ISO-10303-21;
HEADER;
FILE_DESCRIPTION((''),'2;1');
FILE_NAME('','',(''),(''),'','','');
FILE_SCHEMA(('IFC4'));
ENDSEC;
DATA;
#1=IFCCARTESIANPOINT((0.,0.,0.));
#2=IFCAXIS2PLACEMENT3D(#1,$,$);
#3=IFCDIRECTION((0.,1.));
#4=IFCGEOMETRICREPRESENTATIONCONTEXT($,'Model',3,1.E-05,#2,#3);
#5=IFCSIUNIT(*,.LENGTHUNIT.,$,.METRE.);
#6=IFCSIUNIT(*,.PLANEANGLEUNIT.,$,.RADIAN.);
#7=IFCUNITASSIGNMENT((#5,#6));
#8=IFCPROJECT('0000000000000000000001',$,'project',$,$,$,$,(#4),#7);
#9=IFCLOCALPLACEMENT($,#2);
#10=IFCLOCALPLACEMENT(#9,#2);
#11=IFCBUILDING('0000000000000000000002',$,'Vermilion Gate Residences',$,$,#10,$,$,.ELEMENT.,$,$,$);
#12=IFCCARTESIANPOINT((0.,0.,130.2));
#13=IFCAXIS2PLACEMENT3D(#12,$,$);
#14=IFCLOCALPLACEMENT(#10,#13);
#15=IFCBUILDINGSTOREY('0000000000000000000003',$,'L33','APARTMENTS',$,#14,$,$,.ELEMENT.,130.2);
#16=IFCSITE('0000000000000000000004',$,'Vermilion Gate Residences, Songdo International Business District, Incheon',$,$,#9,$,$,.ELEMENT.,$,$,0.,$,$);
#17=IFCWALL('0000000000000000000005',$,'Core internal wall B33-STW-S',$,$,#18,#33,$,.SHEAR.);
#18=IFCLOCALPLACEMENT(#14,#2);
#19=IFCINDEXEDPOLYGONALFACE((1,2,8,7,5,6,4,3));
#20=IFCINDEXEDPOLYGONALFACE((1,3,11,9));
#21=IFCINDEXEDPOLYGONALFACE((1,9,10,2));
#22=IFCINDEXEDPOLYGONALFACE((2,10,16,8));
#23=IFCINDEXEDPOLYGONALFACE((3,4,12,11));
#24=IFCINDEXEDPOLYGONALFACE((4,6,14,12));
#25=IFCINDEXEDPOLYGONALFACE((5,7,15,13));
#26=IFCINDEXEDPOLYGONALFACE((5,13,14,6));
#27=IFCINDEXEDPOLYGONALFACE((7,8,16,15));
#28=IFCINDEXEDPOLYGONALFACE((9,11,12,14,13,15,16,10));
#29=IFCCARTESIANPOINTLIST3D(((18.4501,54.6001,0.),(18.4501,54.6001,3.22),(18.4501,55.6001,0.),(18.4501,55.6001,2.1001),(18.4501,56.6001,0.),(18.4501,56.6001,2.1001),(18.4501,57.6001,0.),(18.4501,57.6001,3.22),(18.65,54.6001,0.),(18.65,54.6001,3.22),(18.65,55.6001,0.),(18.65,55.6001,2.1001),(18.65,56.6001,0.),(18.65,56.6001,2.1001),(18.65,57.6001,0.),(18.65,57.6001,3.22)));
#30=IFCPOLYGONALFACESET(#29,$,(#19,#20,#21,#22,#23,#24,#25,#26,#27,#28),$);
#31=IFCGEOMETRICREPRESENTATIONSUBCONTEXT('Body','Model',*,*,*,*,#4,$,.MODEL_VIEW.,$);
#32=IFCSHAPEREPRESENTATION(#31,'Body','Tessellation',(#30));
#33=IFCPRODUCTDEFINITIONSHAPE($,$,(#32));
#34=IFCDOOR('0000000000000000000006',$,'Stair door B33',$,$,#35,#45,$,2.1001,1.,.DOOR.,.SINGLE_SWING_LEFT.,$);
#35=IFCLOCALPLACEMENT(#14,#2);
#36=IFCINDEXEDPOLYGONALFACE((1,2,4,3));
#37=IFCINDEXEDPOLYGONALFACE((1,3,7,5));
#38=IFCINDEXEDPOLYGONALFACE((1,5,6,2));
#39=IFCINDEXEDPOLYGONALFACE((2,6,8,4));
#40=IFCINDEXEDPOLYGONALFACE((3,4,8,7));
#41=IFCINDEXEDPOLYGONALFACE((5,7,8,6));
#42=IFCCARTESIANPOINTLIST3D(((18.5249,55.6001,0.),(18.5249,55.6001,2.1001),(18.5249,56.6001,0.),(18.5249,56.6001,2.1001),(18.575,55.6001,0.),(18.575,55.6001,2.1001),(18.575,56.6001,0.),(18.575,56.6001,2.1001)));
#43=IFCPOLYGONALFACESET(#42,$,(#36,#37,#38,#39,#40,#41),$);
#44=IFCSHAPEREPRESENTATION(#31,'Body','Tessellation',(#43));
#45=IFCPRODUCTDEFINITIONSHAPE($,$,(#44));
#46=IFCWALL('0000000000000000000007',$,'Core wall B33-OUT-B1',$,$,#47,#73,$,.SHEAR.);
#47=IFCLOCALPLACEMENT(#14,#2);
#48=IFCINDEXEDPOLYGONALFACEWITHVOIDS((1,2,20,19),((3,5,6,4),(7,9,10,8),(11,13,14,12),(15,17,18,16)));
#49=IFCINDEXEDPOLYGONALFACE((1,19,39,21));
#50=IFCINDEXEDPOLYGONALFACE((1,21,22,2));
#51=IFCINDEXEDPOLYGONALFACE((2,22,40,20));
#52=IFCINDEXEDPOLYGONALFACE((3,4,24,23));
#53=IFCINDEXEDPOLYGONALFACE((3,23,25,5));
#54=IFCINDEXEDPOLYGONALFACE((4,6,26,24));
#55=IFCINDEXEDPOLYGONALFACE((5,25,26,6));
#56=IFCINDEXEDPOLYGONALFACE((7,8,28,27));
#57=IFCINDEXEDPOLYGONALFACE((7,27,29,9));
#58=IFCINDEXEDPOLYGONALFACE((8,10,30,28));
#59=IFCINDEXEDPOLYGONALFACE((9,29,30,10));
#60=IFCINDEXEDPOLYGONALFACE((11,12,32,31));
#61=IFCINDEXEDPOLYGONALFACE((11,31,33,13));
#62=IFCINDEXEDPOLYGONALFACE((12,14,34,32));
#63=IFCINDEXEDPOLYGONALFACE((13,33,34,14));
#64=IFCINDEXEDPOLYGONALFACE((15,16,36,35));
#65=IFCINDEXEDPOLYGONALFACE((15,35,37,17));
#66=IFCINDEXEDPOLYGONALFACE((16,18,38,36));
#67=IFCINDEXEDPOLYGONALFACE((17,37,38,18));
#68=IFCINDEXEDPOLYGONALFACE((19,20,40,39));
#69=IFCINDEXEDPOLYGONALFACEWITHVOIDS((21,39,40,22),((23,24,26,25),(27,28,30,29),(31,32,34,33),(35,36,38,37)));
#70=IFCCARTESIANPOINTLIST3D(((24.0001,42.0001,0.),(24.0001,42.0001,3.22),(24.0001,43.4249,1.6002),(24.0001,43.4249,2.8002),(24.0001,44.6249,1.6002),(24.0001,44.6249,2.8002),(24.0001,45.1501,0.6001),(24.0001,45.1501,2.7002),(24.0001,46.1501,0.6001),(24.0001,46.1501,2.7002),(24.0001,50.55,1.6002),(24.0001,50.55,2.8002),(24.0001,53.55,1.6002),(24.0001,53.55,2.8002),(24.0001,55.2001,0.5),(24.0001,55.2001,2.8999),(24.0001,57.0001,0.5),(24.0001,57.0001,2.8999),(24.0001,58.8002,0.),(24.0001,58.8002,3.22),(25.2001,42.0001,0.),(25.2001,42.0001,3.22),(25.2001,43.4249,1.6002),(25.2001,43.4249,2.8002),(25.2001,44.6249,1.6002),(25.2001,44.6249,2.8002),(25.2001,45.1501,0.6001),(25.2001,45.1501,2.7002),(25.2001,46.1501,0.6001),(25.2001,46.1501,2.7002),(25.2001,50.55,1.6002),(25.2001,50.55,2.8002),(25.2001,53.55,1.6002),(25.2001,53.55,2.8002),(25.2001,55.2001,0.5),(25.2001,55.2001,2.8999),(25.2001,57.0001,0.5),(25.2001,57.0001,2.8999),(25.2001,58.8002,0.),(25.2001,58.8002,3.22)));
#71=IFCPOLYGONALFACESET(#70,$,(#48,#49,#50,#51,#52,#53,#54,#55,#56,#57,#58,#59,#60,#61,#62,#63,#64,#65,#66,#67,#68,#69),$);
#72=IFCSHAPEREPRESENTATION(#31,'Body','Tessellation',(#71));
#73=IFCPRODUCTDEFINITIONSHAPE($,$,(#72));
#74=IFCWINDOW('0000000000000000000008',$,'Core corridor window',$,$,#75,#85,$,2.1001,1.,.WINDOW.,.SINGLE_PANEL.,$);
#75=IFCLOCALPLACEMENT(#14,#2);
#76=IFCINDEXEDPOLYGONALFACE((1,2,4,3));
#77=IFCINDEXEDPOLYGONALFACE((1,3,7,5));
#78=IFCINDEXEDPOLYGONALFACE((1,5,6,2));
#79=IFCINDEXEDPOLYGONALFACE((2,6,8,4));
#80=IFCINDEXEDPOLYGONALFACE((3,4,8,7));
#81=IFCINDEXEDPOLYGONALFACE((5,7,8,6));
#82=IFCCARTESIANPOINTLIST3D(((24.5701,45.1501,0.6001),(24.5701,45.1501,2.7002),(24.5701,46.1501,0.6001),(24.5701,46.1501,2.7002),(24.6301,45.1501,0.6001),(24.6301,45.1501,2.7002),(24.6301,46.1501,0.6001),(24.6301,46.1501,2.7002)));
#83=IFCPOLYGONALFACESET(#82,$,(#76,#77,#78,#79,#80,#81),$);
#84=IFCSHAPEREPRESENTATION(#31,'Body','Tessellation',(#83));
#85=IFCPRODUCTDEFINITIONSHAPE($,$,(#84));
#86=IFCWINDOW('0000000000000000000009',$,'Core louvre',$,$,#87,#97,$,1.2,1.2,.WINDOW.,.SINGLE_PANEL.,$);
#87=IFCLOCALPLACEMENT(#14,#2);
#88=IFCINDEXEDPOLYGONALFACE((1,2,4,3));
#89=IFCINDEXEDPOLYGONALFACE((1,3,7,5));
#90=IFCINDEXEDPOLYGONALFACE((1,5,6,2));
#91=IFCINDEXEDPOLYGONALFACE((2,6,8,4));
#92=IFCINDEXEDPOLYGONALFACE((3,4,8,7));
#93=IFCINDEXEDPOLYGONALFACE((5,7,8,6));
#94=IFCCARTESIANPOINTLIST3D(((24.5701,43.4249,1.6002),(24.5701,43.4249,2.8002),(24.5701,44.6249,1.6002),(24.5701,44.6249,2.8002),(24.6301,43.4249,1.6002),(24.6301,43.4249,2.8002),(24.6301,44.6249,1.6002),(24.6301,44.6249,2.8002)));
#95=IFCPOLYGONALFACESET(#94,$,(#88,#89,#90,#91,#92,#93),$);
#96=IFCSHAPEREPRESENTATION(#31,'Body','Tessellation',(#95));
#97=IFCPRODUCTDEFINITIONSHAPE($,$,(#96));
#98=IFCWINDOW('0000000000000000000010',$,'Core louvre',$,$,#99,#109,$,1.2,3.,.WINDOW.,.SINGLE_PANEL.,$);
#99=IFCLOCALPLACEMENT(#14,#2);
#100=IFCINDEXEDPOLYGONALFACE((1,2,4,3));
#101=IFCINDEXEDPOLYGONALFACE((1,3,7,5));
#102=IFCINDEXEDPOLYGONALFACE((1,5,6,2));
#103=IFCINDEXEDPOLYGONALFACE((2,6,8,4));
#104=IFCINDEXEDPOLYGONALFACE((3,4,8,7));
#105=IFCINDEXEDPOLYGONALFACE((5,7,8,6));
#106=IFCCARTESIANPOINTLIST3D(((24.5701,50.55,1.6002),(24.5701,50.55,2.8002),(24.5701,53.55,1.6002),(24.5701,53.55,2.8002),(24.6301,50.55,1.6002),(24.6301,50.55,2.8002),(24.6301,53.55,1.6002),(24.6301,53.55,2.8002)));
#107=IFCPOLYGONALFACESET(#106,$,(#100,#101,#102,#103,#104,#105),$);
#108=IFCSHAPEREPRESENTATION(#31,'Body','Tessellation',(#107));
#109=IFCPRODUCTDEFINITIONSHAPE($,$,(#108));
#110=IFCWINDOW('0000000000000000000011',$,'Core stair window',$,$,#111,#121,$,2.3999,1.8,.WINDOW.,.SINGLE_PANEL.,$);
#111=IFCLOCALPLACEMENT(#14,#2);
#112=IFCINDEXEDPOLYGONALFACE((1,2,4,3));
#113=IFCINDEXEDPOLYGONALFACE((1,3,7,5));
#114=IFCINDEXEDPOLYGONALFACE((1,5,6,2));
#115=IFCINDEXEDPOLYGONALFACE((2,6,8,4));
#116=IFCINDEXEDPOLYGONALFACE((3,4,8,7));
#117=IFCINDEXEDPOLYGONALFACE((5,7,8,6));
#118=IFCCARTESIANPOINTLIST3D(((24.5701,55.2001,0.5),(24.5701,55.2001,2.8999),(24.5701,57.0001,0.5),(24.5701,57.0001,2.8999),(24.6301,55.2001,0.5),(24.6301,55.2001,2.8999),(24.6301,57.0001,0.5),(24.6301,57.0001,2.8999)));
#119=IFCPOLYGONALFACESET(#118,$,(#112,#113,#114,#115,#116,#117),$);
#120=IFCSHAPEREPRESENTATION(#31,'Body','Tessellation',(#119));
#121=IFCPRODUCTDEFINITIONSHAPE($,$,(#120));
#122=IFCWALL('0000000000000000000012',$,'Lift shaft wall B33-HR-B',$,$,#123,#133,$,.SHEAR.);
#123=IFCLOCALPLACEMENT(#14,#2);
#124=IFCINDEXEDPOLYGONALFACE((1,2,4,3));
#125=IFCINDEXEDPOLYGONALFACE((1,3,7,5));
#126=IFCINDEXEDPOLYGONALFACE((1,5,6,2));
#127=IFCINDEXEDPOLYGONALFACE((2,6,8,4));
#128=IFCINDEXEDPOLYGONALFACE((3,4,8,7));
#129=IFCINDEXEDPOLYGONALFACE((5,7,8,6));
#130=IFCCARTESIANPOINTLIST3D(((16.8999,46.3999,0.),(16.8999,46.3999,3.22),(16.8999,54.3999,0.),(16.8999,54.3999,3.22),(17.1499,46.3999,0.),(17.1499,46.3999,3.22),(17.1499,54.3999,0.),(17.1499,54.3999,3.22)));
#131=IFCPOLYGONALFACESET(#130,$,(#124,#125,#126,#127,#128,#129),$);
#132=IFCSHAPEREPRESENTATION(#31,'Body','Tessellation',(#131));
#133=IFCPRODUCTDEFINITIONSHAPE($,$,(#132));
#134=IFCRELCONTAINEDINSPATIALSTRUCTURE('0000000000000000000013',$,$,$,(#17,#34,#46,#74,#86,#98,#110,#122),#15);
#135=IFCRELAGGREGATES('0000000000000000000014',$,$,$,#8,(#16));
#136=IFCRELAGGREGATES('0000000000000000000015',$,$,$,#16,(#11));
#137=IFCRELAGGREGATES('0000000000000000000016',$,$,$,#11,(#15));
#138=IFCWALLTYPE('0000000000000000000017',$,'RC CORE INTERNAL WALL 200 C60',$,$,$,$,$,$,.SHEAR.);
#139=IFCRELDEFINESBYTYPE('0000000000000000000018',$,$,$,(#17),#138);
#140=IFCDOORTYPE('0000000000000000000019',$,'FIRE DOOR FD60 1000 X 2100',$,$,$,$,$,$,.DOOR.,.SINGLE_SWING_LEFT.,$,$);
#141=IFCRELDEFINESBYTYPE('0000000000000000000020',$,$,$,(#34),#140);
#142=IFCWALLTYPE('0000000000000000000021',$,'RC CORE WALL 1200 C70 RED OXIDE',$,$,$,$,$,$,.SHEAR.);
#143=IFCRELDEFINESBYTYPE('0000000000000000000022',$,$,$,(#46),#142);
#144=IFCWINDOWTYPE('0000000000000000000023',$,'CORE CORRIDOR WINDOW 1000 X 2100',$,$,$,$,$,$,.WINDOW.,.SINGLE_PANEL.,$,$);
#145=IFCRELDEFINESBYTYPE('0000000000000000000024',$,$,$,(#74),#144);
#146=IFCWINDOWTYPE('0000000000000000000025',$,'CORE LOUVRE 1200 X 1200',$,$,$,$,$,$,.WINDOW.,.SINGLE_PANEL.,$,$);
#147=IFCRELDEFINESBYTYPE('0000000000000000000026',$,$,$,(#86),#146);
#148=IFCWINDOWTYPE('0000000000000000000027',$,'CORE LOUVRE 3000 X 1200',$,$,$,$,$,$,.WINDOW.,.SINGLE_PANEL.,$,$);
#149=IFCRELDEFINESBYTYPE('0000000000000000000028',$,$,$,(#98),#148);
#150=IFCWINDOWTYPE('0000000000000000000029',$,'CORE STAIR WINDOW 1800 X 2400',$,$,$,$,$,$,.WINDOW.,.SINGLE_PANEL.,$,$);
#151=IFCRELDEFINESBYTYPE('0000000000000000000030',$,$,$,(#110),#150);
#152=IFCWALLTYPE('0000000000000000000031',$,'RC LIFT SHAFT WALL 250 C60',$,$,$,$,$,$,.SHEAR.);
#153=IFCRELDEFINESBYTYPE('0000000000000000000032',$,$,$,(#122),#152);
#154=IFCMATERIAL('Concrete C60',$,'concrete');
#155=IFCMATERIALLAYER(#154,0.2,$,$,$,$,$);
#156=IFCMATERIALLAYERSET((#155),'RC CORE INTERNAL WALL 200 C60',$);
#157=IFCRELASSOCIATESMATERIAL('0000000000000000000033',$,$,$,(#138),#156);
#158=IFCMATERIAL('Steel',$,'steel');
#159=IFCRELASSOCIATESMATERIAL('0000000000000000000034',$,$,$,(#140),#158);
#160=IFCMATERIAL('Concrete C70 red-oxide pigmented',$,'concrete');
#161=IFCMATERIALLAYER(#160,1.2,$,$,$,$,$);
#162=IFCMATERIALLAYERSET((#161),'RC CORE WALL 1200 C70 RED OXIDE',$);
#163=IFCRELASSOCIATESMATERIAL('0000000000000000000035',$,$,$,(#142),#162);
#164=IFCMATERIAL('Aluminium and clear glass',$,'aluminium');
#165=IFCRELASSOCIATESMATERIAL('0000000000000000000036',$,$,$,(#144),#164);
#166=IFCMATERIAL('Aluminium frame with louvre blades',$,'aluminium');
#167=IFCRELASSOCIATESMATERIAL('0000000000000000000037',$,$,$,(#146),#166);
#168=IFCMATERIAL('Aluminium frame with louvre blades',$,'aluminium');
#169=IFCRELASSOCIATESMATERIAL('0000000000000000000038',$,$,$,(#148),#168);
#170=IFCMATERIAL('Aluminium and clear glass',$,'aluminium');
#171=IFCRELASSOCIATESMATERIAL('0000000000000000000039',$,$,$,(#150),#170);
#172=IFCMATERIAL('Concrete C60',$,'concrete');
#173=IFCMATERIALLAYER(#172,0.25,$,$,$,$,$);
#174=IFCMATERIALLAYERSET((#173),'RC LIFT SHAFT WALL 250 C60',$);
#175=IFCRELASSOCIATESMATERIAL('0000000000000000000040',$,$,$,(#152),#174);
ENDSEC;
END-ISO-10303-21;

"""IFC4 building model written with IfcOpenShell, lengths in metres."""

from ifc_helpers import new_model, si_unit, direction, frame, frame_2d, origin, place, context, subcontext, project, spatial, rectangle, extrude, material, layer, layer_set, type_object, element, fill, save


model = new_model("IFC4")

# Units and contexts
model_context = context("Model", 3, precision=1e-05, world=origin(), true_north=direction((0.0, 1.0)))
body_context = subcontext(model_context, "Body", "Model", "MODEL_VIEW")
ifc_project = project(units=[si_unit("LENGTHUNIT", "METRE"), si_unit("PLANEANGLEUNIT", "RADIAN")], contexts=[model_context])

# Site, building, storey
site_placement = place(None, origin())
site = spatial("IfcSite", under=ifc_project, at=site_placement, Name="Vermilion Gate Residences, Songdo International Business District, Incheon", CompositionType="ELEMENT", RefElevation=0.0)
building_placement = place(site_placement, origin())
building = spatial("IfcBuilding", under=site, at=building_placement, Name="Vermilion Gate Residences", CompositionType="ELEMENT")
storey_placement = place(building_placement, frame((0.0, 0.0, 130.2)))
storey = spatial("IfcBuildingStorey", under=building, at=storey_placement, Name="L33", Description="APARTMENTS", CompositionType="ELEMENT", Elevation=130.2)

# Shared definitions
ifc_material_1 = material(Name="Concrete C60", Category="concrete")
ifc_layer_1 = layer(ifc_material_1, 0.2)
ifc_layer_set_1 = layer_set([ifc_layer_1], Name="RC CORE INTERNAL WALL 200 C60")
wall_type_1 = type_object("IfcWallType", Name="RC CORE INTERNAL WALL 200 C60", PredefinedType="SHEAR", material=ifc_layer_set_1)

# Wall, opening, door
wall_1_placement = place(storey_placement, frame((18.55, 57.6001, 0.0), z_axis=(0.0, 0.0, 1.0), x_axis=(0.0, -1.0, 0.0)))
wall_1 = element("IfcWall", 1, at=wall_1_placement, inside=storey, type_object=wall_type_1, Name="Core internal wall B33-STW-S", PredefinedType="SHEAR", context=body_context, shape_type="SweptSolid", body=[
    extrude(rectangle(XDim=3.0, YDim=0.2, at=frame_2d((1.5, 0.0))), origin(), (0.0, 0.0, 1.0), 3.22),
])
opening_1_placement = place(wall_1_placement, frame((1.0, 0.0, 0.0)))
opening_1 = element("IfcOpeningElement", 2, at=opening_1_placement, cuts=wall_1, PredefinedType="OPENING", context=body_context, shape_type="SweptSolid", body=[
    extrude(rectangle(XDim=1.0, YDim=2.1001, at=frame_2d((0.5, 1.05))), frame((0.0, 0.1099, 0.0), z_axis=(0.0, -1.0, 0.0), x_axis=(1.0, 0.0, 0.0)), (0.0, 0.0, 1.0), 0.22),
])
ifc_material_2 = material(Name="Steel", Category="steel")
door_type_1 = type_object("IfcDoorType", Name="FIRE DOOR FD60 1000 X 2100", OperationType="SINGLE_SWING_LEFT", PredefinedType="DOOR", material=ifc_material_2)
door_1_placement = place(opening_1_placement, origin())
door_1 = element("IfcDoor", 3, at=door_1_placement, inside=storey, type_object=door_type_1, Name="Stair door B33", OperationType="SINGLE_SWING_LEFT", OverallHeight=2.1001, OverallWidth=1.0, PredefinedType="DOOR", context=body_context, shape_type="SweptSolid", body=[
    extrude(rectangle(XDim=1.0, YDim=2.1001, at=frame_2d((0.5, 1.05))), frame((0.0, 0.0249, 0.0), z_axis=(0.0, -1.0, 0.0), x_axis=(1.0, 0.0, 0.0)), (0.0, 0.0, 1.0), 0.05),
])
fill(opening_1, door_1)

# Wall, openings, windows
ifc_material_3 = material(Name="Concrete C70 red-oxide pigmented", Category="concrete")
ifc_layer_2 = layer(ifc_material_3, 1.2)
ifc_layer_set_2 = layer_set([ifc_layer_2], Name="RC CORE WALL 1200 C70 RED OXIDE")
wall_type_2 = type_object("IfcWallType", Name="RC CORE WALL 1200 C70 RED OXIDE", PredefinedType="SHEAR", material=ifc_layer_set_2)
wall_2_placement = place(storey_placement, frame((24.6001, 58.8, 0.0), z_axis=(0.0, 0.0, 1.0), x_axis=(0.0, -1.0, 0.0)))
wall_2 = element("IfcWall", 4, at=wall_2_placement, inside=storey, type_object=wall_type_2, Name="Core wall B33-OUT-B1", PredefinedType="SHEAR", context=body_context, shape_type="SweptSolid", body=[
    extrude(rectangle(XDim=16.8, YDim=1.2, at=frame_2d((8.3999, 0.0))), origin(), (0.0, 0.0, 1.0), 3.22),
])
opening_2_placement = place(wall_2_placement, frame((1.8, 0.0, 0.5)))
opening_2 = element("IfcOpeningElement", 5, at=opening_2_placement, cuts=wall_2, PredefinedType="OPENING", context=body_context, shape_type="SweptSolid", body=[
    extrude(rectangle(XDim=1.8, YDim=2.3999, at=frame_2d((0.8999, 1.2))), frame((0.0, 0.6099, 0.0), z_axis=(0.0, -1.0, 0.0), x_axis=(1.0, 0.0, 0.0)), (0.0, 0.0, 1.0), 1.22),
])
opening_3_placement = place(wall_2_placement, frame((5.25, 0.0, 1.6001)))
opening_3 = element("IfcOpeningElement", 6, at=opening_3_placement, cuts=wall_2, PredefinedType="OPENING", context=body_context, shape_type="SweptSolid", body=[
    extrude(rectangle(XDim=3.0, YDim=1.2, at=frame_2d((1.5, 0.6001))), frame((0.0, 0.6099, 0.0), z_axis=(0.0, -1.0, 0.0), x_axis=(1.0, 0.0, 0.0)), (0.0, 0.0, 1.0), 1.22),
])
opening_4_placement = place(wall_2_placement, frame((12.6499, 0.0, 0.6001)))
opening_4 = element("IfcOpeningElement", 7, at=opening_4_placement, cuts=wall_2, PredefinedType="OPENING", context=body_context, shape_type="SweptSolid", body=[
    extrude(rectangle(XDim=1.0, YDim=2.1001, at=frame_2d((0.5, 1.05))), frame((0.0, 0.6099, 0.0), z_axis=(0.0, -1.0, 0.0), x_axis=(1.0, 0.0, 0.0)), (0.0, 0.0, 1.0), 1.22),
])
opening_5_placement = place(wall_2_placement, frame((14.175, 0.0, 1.6001)))
opening_5 = element("IfcOpeningElement", 8, at=opening_5_placement, cuts=wall_2, PredefinedType="OPENING", context=body_context, shape_type="SweptSolid", body=[
    extrude(rectangle(XDim=1.2, YDim=1.2, at=frame_2d((0.6001, 0.6001))), frame((0.0, 0.6099, 0.0), z_axis=(0.0, -1.0, 0.0), x_axis=(1.0, 0.0, 0.0)), (0.0, 0.0, 1.0), 1.22),
])
ifc_material_4 = material(Name="Aluminium and clear glass", Category="aluminium")
window_type_1 = type_object("IfcWindowType", Name="CORE CORRIDOR WINDOW 1000 X 2100", PartitioningType="SINGLE_PANEL", PredefinedType="WINDOW", material=ifc_material_4)
window_1_placement = place(opening_4_placement, origin())
window_1 = element("IfcWindow", 9, at=window_1_placement, inside=storey, type_object=window_type_1, Name="Core corridor window", OverallHeight=2.1001, OverallWidth=1.0, PartitioningType="SINGLE_PANEL", PredefinedType="WINDOW", context=body_context, shape_type="SweptSolid", body=[
    extrude(rectangle(XDim=1.0, YDim=2.1001, at=frame_2d((0.5, 1.05))), frame((0.0, 0.03, 0.0), z_axis=(0.0, -1.0, 0.0), x_axis=(1.0, 0.0, 0.0)), (0.0, 0.0, 1.0), 0.0601),
])
fill(opening_4, window_1)
ifc_material_5 = material(Name="Aluminium frame with louvre blades", Category="aluminium")
window_type_2 = type_object("IfcWindowType", Name="CORE LOUVRE 1200 X 1200", PartitioningType="SINGLE_PANEL", PredefinedType="WINDOW", material=ifc_material_5)
window_2_placement = place(opening_5_placement, origin())
window_2 = element("IfcWindow", 10, at=window_2_placement, inside=storey, type_object=window_type_2, Name="Core louvre", OverallHeight=1.2, OverallWidth=1.2, PartitioningType="SINGLE_PANEL", PredefinedType="WINDOW", context=body_context, shape_type="SweptSolid", body=[
    extrude(rectangle(XDim=1.2, YDim=1.2, at=frame_2d((0.6001, 0.6001))), frame((0.0, 0.03, 0.0), z_axis=(0.0, -1.0, 0.0), x_axis=(1.0, 0.0, 0.0)), (0.0, 0.0, 1.0), 0.0601),
])
fill(opening_5, window_2)
ifc_material_6 = material(Name="Aluminium frame with louvre blades", Category="aluminium")
window_type_3 = type_object("IfcWindowType", Name="CORE LOUVRE 3000 X 1200", PartitioningType="SINGLE_PANEL", PredefinedType="WINDOW", material=ifc_material_6)
window_3_placement = place(opening_3_placement, origin())
window_3 = element("IfcWindow", 11, at=window_3_placement, inside=storey, type_object=window_type_3, Name="Core louvre", OverallHeight=1.2, OverallWidth=3.0, PartitioningType="SINGLE_PANEL", PredefinedType="WINDOW", context=body_context, shape_type="SweptSolid", body=[
    extrude(rectangle(XDim=3.0, YDim=1.2, at=frame_2d((1.5, 0.6001))), frame((0.0, 0.03, 0.0), z_axis=(0.0, -1.0, 0.0), x_axis=(1.0, 0.0, 0.0)), (0.0, 0.0, 1.0), 0.0601),
])
fill(opening_3, window_3)
ifc_material_7 = material(Name="Aluminium and clear glass", Category="aluminium")
window_type_4 = type_object("IfcWindowType", Name="CORE STAIR WINDOW 1800 X 2400", PartitioningType="SINGLE_PANEL", PredefinedType="WINDOW", material=ifc_material_7)
window_4_placement = place(opening_2_placement, origin())
window_4 = element("IfcWindow", 12, at=window_4_placement, inside=storey, type_object=window_type_4, Name="Core stair window", OverallHeight=2.3999, OverallWidth=1.8, PartitioningType="SINGLE_PANEL", PredefinedType="WINDOW", context=body_context, shape_type="SweptSolid", body=[
    extrude(rectangle(XDim=1.8, YDim=2.3999, at=frame_2d((0.8999, 1.2))), frame((0.0, 0.03, 0.0), z_axis=(0.0, -1.0, 0.0), x_axis=(1.0, 0.0, 0.0)), (0.0, 0.0, 1.0), 0.0601),
])
fill(opening_2, window_4)

# Wall
ifc_material_8 = material(Name="Concrete C60", Category="concrete")
ifc_layer_3 = layer(ifc_material_8, 0.25)
ifc_layer_set_3 = layer_set([ifc_layer_3], Name="RC LIFT SHAFT WALL 250 C60")
wall_type_3 = type_object("IfcWallType", Name="RC LIFT SHAFT WALL 250 C60", PredefinedType="SHEAR", material=ifc_layer_set_3)
wall_3_placement = place(storey_placement, frame((17.0249, 54.3999, 0.0), z_axis=(0.0, 0.0, 1.0), x_axis=(0.0, -1.0, 0.0)))
element("IfcWall", 13, at=wall_3_placement, inside=storey, type_object=wall_type_3, Name="Lift shaft wall B33-HR-B", PredefinedType="SHEAR", context=body_context, shape_type="SweptSolid", body=[
    extrude(rectangle(XDim=8.0, YDim=0.25, at=frame_2d((4.0, 0.0))), origin(), (0.0, 0.0, 1.0), 3.22),
])

save(model, "model.ifc")
